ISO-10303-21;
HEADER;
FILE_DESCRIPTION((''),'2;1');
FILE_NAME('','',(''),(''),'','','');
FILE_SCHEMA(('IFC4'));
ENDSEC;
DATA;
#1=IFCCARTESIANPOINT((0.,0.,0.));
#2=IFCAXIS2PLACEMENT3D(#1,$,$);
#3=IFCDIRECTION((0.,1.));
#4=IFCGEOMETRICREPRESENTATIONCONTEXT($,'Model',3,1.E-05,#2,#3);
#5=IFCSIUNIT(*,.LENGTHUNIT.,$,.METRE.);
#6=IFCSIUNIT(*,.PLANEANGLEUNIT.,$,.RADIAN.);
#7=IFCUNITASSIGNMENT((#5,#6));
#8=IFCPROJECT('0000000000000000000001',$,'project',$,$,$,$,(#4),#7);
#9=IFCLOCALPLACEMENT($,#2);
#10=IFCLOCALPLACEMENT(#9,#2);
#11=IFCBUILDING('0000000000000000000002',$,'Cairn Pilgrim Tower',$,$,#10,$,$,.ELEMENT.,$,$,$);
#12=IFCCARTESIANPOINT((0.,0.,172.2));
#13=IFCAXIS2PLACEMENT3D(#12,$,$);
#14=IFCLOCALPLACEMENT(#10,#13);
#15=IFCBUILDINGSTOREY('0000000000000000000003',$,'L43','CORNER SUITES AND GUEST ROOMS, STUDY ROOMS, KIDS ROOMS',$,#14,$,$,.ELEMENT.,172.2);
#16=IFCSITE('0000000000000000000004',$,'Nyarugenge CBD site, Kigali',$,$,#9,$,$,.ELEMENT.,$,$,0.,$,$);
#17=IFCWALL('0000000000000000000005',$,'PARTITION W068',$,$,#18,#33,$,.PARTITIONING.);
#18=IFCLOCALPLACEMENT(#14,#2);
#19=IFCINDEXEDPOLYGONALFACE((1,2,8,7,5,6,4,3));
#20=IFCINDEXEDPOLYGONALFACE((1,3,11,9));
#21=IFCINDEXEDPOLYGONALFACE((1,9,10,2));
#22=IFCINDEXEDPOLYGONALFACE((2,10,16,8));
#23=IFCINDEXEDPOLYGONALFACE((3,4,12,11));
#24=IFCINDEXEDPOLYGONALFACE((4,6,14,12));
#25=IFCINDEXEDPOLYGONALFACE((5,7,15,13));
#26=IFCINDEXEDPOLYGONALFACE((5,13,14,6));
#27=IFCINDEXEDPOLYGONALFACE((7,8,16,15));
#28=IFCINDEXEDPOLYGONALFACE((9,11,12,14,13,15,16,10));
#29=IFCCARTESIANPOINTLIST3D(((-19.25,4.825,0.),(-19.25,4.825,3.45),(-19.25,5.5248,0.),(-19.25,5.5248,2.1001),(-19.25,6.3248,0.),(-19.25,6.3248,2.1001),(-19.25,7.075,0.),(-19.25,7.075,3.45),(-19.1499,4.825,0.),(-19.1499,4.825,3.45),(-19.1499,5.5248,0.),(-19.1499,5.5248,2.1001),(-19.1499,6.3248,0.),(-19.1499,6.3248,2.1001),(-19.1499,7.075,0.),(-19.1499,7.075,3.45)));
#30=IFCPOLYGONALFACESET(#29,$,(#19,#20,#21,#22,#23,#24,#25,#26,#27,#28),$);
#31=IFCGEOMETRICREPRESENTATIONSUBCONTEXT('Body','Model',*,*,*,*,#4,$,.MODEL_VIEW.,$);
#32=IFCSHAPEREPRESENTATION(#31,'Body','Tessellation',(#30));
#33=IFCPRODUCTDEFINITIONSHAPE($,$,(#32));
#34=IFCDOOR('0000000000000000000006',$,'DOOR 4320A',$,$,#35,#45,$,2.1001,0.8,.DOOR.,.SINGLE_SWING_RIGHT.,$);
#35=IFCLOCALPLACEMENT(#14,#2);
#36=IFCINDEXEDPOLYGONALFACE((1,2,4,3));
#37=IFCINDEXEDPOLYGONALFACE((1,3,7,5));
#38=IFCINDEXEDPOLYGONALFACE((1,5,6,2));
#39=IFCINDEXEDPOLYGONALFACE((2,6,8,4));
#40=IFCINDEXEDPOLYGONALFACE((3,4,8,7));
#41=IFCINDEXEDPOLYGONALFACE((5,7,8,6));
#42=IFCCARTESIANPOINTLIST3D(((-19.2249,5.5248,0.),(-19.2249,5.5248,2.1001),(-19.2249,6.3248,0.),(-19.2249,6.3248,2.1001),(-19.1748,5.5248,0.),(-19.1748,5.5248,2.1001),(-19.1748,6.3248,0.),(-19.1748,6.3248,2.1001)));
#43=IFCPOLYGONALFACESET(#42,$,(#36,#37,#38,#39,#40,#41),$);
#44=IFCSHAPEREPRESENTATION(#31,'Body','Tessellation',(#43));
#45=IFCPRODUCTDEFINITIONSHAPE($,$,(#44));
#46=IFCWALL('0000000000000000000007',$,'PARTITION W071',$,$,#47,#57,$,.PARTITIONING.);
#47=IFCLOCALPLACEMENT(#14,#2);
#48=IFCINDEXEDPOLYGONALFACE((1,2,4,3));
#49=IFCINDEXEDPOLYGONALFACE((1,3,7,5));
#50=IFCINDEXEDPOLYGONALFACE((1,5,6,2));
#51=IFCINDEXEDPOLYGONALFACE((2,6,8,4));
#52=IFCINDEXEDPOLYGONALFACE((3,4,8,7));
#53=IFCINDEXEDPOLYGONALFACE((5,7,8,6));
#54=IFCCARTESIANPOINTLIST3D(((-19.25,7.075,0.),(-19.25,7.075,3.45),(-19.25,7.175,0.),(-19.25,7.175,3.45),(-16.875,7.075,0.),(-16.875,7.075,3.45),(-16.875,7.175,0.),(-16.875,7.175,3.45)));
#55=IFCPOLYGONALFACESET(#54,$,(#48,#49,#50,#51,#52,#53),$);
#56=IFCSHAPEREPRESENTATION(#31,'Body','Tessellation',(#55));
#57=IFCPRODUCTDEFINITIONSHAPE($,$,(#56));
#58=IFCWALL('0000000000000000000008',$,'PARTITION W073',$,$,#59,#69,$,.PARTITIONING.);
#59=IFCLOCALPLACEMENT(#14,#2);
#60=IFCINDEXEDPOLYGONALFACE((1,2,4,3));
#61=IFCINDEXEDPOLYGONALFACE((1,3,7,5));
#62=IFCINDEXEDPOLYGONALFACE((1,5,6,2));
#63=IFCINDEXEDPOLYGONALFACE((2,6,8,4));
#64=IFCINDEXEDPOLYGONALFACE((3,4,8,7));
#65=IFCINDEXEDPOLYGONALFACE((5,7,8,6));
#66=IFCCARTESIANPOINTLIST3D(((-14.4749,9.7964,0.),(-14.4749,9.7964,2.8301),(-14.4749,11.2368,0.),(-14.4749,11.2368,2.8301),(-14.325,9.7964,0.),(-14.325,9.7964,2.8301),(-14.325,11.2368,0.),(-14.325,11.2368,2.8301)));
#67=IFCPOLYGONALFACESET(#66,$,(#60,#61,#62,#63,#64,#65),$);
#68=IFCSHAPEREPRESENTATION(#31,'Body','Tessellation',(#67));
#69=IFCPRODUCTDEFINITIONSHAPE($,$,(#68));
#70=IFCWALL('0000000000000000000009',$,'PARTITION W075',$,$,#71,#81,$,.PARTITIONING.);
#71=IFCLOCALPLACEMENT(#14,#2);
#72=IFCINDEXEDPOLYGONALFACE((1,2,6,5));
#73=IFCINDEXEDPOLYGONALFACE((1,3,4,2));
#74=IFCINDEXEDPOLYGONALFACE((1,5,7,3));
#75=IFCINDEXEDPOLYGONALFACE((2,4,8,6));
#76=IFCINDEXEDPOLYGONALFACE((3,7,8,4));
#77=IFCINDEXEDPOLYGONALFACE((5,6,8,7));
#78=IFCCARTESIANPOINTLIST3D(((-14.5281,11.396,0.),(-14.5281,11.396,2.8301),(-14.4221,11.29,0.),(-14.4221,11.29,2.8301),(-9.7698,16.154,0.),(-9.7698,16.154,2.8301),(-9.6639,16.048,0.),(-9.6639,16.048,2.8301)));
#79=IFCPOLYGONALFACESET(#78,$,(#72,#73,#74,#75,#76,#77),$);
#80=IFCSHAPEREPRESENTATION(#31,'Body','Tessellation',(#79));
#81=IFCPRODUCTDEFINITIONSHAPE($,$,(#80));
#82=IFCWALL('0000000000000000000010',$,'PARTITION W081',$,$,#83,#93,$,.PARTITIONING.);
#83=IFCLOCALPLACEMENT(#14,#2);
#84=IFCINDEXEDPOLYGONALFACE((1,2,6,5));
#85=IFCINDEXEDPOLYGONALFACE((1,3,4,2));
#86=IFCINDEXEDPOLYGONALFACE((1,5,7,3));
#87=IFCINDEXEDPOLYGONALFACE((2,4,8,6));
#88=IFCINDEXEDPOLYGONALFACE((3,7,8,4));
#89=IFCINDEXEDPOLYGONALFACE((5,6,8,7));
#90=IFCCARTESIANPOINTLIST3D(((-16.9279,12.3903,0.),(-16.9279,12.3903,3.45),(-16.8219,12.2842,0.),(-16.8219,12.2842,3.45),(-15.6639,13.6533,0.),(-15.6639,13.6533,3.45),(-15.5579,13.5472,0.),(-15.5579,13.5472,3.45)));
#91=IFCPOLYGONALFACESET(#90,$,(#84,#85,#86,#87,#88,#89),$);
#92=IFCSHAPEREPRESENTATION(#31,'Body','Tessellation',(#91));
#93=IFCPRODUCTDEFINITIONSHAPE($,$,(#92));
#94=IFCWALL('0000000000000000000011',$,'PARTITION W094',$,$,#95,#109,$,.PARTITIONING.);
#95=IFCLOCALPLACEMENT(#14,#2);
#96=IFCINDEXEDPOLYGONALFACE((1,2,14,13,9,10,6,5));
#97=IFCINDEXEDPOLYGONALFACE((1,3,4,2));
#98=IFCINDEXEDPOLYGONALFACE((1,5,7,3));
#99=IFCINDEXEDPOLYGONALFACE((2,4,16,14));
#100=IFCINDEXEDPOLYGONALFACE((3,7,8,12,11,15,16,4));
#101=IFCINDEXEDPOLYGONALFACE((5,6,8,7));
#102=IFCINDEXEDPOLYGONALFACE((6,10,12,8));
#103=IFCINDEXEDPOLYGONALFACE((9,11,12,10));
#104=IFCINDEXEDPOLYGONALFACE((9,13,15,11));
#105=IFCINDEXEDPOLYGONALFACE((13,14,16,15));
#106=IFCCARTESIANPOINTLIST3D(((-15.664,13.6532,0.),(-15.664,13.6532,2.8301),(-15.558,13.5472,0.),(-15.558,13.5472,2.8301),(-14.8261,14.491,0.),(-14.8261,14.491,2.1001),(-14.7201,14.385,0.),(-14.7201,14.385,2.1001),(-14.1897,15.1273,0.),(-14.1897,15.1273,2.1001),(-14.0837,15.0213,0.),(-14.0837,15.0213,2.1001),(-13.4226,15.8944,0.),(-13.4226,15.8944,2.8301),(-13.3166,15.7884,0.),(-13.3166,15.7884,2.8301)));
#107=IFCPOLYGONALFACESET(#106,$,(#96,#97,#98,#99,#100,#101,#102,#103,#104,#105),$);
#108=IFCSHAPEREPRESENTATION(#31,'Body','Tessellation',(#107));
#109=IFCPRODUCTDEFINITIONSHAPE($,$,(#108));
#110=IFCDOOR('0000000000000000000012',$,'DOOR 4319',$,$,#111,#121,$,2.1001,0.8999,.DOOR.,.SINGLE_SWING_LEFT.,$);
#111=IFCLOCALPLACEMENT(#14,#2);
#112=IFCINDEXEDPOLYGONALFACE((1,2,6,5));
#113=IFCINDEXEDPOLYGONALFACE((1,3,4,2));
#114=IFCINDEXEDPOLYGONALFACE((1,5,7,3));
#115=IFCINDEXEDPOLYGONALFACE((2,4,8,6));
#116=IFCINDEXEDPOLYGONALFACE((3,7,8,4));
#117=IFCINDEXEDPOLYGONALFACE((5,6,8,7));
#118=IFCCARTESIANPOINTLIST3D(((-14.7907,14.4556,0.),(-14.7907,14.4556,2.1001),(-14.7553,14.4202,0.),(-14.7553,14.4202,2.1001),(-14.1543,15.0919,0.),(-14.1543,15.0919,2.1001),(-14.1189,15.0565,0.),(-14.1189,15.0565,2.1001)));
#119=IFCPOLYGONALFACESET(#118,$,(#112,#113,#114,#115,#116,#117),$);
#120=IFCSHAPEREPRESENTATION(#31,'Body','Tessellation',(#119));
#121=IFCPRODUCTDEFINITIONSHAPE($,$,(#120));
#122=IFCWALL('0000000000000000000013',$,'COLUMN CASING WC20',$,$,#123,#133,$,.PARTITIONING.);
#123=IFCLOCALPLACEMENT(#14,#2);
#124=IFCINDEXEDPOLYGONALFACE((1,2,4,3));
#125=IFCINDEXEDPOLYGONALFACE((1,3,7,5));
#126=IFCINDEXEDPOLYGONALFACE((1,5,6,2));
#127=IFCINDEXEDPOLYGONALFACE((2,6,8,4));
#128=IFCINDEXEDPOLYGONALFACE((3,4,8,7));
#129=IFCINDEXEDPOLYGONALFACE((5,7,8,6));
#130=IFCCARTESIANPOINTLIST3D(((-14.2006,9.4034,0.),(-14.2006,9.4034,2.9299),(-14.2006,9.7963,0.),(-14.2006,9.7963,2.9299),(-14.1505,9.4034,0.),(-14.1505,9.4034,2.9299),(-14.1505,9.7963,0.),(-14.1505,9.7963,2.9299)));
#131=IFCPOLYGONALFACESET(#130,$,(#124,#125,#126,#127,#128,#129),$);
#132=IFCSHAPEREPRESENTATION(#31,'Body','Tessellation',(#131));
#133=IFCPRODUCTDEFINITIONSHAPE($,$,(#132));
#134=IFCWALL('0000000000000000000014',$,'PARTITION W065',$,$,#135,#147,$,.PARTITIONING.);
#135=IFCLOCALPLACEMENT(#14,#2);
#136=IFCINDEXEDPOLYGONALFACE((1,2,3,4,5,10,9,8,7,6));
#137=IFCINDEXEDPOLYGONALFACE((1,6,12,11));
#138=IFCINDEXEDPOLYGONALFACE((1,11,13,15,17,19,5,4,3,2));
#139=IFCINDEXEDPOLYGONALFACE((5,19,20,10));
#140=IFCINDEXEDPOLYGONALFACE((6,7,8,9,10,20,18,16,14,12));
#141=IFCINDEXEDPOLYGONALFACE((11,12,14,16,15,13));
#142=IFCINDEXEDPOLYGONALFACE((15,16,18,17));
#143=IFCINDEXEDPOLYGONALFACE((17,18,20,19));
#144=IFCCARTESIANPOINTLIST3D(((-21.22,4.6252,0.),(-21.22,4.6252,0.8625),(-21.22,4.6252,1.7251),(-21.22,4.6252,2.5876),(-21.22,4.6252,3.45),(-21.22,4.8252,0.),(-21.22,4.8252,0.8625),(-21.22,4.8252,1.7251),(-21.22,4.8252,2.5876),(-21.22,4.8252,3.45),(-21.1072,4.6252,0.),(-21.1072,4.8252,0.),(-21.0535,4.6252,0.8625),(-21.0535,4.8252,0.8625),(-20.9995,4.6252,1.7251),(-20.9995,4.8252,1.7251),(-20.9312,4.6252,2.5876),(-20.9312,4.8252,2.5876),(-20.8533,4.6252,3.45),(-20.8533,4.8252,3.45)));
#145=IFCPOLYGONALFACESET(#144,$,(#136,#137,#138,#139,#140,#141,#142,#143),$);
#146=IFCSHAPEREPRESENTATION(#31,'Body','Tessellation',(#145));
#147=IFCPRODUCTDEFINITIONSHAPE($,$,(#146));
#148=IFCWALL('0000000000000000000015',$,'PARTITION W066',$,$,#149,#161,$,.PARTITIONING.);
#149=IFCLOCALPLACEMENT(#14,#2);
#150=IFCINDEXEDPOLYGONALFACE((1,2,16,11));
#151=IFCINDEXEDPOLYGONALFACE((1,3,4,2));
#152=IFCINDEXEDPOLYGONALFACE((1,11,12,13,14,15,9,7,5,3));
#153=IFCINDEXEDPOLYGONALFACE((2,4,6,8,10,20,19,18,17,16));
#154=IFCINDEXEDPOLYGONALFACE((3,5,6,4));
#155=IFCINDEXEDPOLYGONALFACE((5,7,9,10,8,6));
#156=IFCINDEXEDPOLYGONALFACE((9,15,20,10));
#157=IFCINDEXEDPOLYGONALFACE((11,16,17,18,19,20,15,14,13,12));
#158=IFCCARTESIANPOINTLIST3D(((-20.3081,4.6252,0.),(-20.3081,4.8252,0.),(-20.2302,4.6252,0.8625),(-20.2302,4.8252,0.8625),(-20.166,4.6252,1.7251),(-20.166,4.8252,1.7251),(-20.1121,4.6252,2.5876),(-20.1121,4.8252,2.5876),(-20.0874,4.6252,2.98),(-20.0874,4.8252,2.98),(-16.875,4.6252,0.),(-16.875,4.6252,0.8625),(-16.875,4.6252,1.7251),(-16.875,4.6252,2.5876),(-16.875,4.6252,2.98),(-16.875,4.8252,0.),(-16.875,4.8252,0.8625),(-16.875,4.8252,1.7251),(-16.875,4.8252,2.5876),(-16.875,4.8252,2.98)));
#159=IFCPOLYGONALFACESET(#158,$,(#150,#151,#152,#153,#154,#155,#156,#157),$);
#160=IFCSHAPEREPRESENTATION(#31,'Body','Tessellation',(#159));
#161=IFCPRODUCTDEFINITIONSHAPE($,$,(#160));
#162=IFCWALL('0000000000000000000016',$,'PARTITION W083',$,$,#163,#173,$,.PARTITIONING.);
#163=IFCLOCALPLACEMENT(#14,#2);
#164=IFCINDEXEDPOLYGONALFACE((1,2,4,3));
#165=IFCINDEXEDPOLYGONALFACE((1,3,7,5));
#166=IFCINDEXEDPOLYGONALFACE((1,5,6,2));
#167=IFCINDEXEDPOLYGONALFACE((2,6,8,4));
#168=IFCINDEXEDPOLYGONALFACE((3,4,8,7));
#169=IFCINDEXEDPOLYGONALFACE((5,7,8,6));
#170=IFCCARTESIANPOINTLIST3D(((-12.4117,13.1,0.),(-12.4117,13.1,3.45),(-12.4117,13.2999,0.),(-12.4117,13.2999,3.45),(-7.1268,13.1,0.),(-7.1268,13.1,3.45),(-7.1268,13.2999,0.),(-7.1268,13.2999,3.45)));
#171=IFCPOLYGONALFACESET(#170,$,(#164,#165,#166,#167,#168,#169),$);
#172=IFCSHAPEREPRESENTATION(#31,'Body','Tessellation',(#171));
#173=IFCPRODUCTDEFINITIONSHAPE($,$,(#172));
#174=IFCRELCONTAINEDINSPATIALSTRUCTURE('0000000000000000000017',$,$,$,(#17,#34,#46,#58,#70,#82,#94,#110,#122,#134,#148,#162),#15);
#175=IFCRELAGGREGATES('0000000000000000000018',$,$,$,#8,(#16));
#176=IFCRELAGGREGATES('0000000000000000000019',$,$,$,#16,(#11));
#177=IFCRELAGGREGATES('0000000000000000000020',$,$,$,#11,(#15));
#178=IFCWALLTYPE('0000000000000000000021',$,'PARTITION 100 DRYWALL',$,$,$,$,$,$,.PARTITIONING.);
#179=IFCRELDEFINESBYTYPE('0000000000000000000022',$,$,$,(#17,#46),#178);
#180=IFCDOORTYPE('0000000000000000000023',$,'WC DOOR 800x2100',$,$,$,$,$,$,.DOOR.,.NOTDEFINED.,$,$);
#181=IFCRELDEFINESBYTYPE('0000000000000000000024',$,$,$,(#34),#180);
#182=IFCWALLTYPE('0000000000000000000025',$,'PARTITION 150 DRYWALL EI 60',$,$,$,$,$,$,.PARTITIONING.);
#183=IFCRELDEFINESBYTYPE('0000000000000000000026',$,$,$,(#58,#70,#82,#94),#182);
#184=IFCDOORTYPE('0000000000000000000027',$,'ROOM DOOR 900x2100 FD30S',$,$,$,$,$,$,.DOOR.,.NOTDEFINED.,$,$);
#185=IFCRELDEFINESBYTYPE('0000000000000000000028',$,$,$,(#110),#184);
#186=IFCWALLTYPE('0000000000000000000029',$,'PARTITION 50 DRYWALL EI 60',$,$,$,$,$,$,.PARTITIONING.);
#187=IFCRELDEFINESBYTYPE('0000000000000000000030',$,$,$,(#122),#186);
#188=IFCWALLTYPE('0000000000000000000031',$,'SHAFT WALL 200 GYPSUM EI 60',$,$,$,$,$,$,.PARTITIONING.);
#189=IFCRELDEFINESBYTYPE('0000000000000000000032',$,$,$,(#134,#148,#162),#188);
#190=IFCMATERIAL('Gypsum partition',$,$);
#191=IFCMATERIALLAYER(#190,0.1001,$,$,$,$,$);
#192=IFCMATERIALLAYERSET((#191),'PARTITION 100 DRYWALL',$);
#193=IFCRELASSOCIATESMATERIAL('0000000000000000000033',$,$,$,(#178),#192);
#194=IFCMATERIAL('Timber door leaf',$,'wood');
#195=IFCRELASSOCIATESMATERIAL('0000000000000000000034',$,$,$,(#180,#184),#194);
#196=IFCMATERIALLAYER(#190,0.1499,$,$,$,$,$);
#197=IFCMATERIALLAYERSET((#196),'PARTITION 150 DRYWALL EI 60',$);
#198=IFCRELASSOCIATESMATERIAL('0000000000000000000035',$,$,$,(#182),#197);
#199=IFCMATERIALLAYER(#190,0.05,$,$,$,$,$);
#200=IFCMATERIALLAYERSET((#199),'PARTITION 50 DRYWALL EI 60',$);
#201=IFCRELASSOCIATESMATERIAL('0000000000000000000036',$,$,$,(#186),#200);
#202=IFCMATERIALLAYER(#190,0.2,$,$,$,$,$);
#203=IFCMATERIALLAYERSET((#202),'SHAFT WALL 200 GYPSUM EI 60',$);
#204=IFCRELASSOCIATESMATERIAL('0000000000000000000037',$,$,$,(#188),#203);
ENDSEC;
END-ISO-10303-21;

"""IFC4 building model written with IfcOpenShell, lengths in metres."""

from ifc_helpers import new_model, si_unit, direction, frame, frame_2d, origin, place, context, subcontext, project, spatial, polyline, rectangle, outline, extrude, material, layer, layer_set, type_object, element, fill, save


model = new_model("IFC4")

# Units and contexts
model_context = context("Model", 3, precision=1e-05, world=origin(), true_north=direction((0.0, 1.0)))
body_context = subcontext(model_context, "Body", "Model", "MODEL_VIEW")
ifc_project = project(units=[si_unit("LENGTHUNIT", "METRE"), si_unit("PLANEANGLEUNIT", "RADIAN")], contexts=[model_context])

# Site, building, storey
site_placement = place(None, origin())
site = spatial("IfcSite", under=ifc_project, at=site_placement, Name="Nyarugenge CBD site, Kigali", CompositionType="ELEMENT", RefElevation=0.0)
building_placement = place(site_placement, origin())
building = spatial("IfcBuilding", under=site, at=building_placement, Name="Cairn Pilgrim Tower", CompositionType="ELEMENT")
storey_placement = place(building_placement, frame((0.0, 0.0, 172.2)))
storey = spatial("IfcBuildingStorey", under=building, at=storey_placement, Name="L43", Description="CORNER SUITES AND GUEST ROOMS, STUDY ROOMS, KIDS ROOMS", CompositionType="ELEMENT", Elevation=172.2)

# Wall, opening, door
ifc_material_1 = material(Name="Gypsum partition")
ifc_layer_1 = layer(ifc_material_1, 0.1001)
ifc_layer_set_1 = layer_set([ifc_layer_1], Name="PARTITION 100 DRYWALL")
wall_type_1 = type_object("IfcWallType", Name="PARTITION 100 DRYWALL", PredefinedType="PARTITIONING", material=ifc_layer_set_1)
wall_1_placement = place(storey_placement, frame((-19.2, 4.825, 0.0), z_axis=(0.0, 0.0, 1.0), x_axis=(0.0, 1.0, 0.0)))
wall_1 = element("IfcWall", 1, at=wall_1_placement, inside=storey, type_object=wall_type_1, Name="PARTITION W068", PredefinedType="PARTITIONING", context=body_context, shape_type="SweptSolid", body=[
    extrude(rectangle(XDim=2.25, YDim=0.1001, at=frame_2d((1.125, 0.0))), origin(), (0.0, 0.0, 1.0), 3.45),
])
opening_1_placement = place(wall_1_placement, frame((0.7, 0.0, 0.0)))
opening_1 = element("IfcOpeningElement", 2, at=opening_1_placement, cuts=wall_1, PredefinedType="OPENING", context=body_context, shape_type="SweptSolid", body=[
    extrude(rectangle(XDim=0.8, YDim=2.1001, at=frame_2d((0.3999, 1.05))), frame((0.0, 0.0601, 0.0), z_axis=(0.0, -1.0, 0.0), x_axis=(1.0, 0.0, 0.0)), (0.0, 0.0, 1.0), 0.1201),
])
ifc_material_2 = material(Name="Timber door leaf", Category="wood")
door_type_1 = type_object("IfcDoorType", Name="WC DOOR 800x2100", OperationType="NOTDEFINED", PredefinedType="DOOR", material=ifc_material_2)
door_1_placement = place(opening_1_placement, origin())
door_1 = element("IfcDoor", 3, at=door_1_placement, inside=storey, type_object=door_type_1, Name="DOOR 4320A", OperationType="SINGLE_SWING_RIGHT", OverallHeight=2.1001, OverallWidth=0.8, PredefinedType="DOOR", context=body_context, shape_type="SweptSolid", body=[
    extrude(rectangle(XDim=0.8, YDim=2.1001, at=frame_2d((0.3999, 1.05))), frame((0.0, 0.0249, 0.0), z_axis=(0.0, -1.0, 0.0), x_axis=(1.0, 0.0, 0.0)), (0.0, 0.0, 1.0), 0.05),
])
fill(opening_1, door_1)

# Walls
wall_2_placement = place(storey_placement, frame((-19.25, 7.125, 0.0), z_axis=(0.0, 0.0, 1.0), x_axis=(1.0, 0.0, 0.0)))
element("IfcWall", 4, at=wall_2_placement, inside=storey, type_object=wall_type_1, Name="PARTITION W071", PredefinedType="PARTITIONING", context=body_context, shape_type="SweptSolid", body=[
    extrude(rectangle(XDim=2.375, YDim=0.1001, at=frame_2d((1.1875, 0.0))), origin(), (0.0, 0.0, 1.0), 3.45),
])
ifc_layer_2 = layer(ifc_material_1, 0.1499)
ifc_layer_set_2 = layer_set([ifc_layer_2], Name="PARTITION 150 DRYWALL EI 60")
wall_type_2 = type_object("IfcWallType", Name="PARTITION 150 DRYWALL EI 60", PredefinedType="PARTITIONING", material=ifc_layer_set_2)
wall_3_placement = place(storey_placement, frame((-14.3999, 9.7964, 0.0), z_axis=(0.0, 0.0, 1.0), x_axis=(0.0, 1.0, 0.0)))
element("IfcWall", 5, at=wall_3_placement, inside=storey, type_object=wall_type_2, Name="PARTITION W073", PredefinedType="PARTITIONING", context=body_context, shape_type="SweptSolid", body=[
    extrude(rectangle(XDim=1.4404, YDim=0.1499, at=frame_2d((0.7202, 0.0))), origin(), (0.0, 0.0, 1.0), 2.8301),
])
wall_4_placement = place(storey_placement, frame((-14.4751, 11.343, 0.0), z_axis=(0.0, 0.0, 1.0), x_axis=(0.707125, 0.707089, 0.0)))
element("IfcWall", 6, at=wall_4_placement, inside=storey, type_object=wall_type_2, Name="PARTITION W075", PredefinedType="PARTITIONING", context=body_context, shape_type="SweptSolid", body=[
    extrude(rectangle(XDim=6.729, YDim=0.1499, at=frame_2d((3.3645, 0.0))), origin(), (0.0, 0.0, 1.0), 2.8301),
])
wall_5_placement = place(storey_placement, frame((-16.875, 12.3372, 0.0), z_axis=(0.0, 0.0, 1.0), x_axis=(0.70738, 0.706833, 0.0)))
element("IfcWall", 7, at=wall_5_placement, inside=storey, type_object=wall_type_2, Name="PARTITION W081", PredefinedType="PARTITIONING", context=body_context, shape_type="SweptSolid", body=[
    extrude(rectangle(XDim=1.7869, YDim=0.1499, at=frame_2d((0.8936, 0.0))), origin(), (0.0, 0.0, 1.0), 3.45),
])

# Wall, opening, door
wall_6_placement = place(storey_placement, frame((-15.6111, 13.6001, 0.0), z_axis=(0.0, 0.0, 1.0), x_axis=(0.707145, 0.707068, 0.0)))
wall_6 = element("IfcWall", 8, at=wall_6_placement, inside=storey, type_object=wall_type_2, Name="PARTITION W094", PredefinedType="PARTITIONING", context=body_context, shape_type="SweptSolid", body=[
    extrude(rectangle(XDim=3.1697, YDim=0.1499, at=frame_2d((1.585, 0.0))), origin(), (0.0, 0.0, 1.0), 2.8301),
])
opening_2_placement = place(wall_6_placement, frame((1.1851, 0.0, 0.0)))
opening_2 = element("IfcOpeningElement", 9, at=opening_2_placement, cuts=wall_6, PredefinedType="OPENING", context=body_context, shape_type="SweptSolid", body=[
    extrude(rectangle(XDim=0.8999, YDim=2.1001, at=frame_2d((0.45, 1.05))), frame((0.0, 0.085, 0.0), z_axis=(0.0, -1.0, 0.0), x_axis=(1.0, 0.0, 0.0)), (0.0, 0.0, 1.0), 0.1699),
])
door_type_2 = type_object("IfcDoorType", Name="ROOM DOOR 900x2100 FD30S", OperationType="NOTDEFINED", PredefinedType="DOOR", material=ifc_material_2)
door_2_placement = place(opening_2_placement, origin())
door_2 = element("IfcDoor", 10, at=door_2_placement, inside=storey, type_object=door_type_2, Name="DOOR 4319", OperationType="SINGLE_SWING_LEFT", OverallHeight=2.1001, OverallWidth=0.8999, PredefinedType="DOOR", context=body_context, shape_type="SweptSolid", body=[
    extrude(rectangle(XDim=0.8999, YDim=2.1001, at=frame_2d((0.45, 1.05))), frame((0.0, 0.0249, 0.0), z_axis=(0.0, -1.0, 0.0), x_axis=(1.0, 0.0, 0.0)), (0.0, 0.0, 1.0), 0.05),
])
fill(opening_2, door_2)

# Walls
ifc_layer_3 = layer(ifc_material_1, 0.05)
ifc_layer_set_3 = layer_set([ifc_layer_3], Name="PARTITION 50 DRYWALL EI 60")
wall_type_3 = type_object("IfcWallType", Name="PARTITION 50 DRYWALL EI 60", PredefinedType="PARTITIONING", material=ifc_layer_set_3)
wall_7_placement = place(storey_placement, frame((-14.1755, 9.4036, 0.0), z_axis=(0.0, 0.0, 1.0), x_axis=(0.0, 1.0, 0.0)))
element("IfcWall", 11, at=wall_7_placement, inside=storey, type_object=wall_type_3, Name="COLUMN CASING WC20", PredefinedType="PARTITIONING", context=body_context, shape_type="SweptSolid", body=[
    extrude(rectangle(XDim=0.3928, YDim=0.05, at=frame_2d((0.1963, 0.0))), origin(), (0.0, 0.0, 1.0), 2.9299),
])
ifc_layer_4 = layer(ifc_material_1, 0.2)
ifc_layer_set_4 = layer_set([ifc_layer_4], Name="SHAFT WALL 200 GYPSUM EI 60")
wall_type_4 = type_object("IfcWallType", Name="SHAFT WALL 200 GYPSUM EI 60", PredefinedType="PARTITIONING", material=ifc_layer_set_4)
wall_8_placement = place(storey_placement, frame((-21.22, 4.7251, 0.0), z_axis=(0.0, 0.0, 1.0), x_axis=(1.0, 0.0, 0.0)))
element("IfcWall", 12, at=wall_8_placement, inside=storey, type_object=wall_type_4, Name="PARTITION W065", PredefinedType="PARTITIONING", context=body_context, shape_type="SweptSolid", body=[
    extrude(outline(polyline([(0.0, 0.0), (0.1128, 0.0), (0.1665, 0.8625), (0.2205, 1.7251), (0.2888, 2.5876), (0.3667, 3.45), (0.0, 3.45), (0.0, 2.5876), (0.0, 1.7251), (0.0, 0.8625), (0.0, 0.0)])), frame((0.0, 0.1001, 0.0), z_axis=(0.0, -1.0, 0.0), x_axis=(1.0, 0.0, 0.0)), (0.0, 0.0, 1.0), 0.2),
])
wall_9_placement = place(storey_placement, frame((-20.3081, 4.7251, 0.0), z_axis=(0.0, 0.0, 1.0), x_axis=(1.0, 0.0, 0.0)))
element("IfcWall", 13, at=wall_9_placement, inside=storey, type_object=wall_type_4, Name="PARTITION W066", PredefinedType="PARTITIONING", context=body_context, shape_type="SweptSolid", body=[
    extrude(outline(polyline([(0.0, 0.0), (3.4331, 0.0), (3.4331, 0.8625), (3.4331, 1.7251), (3.4331, 2.5876), (3.4331, 2.98), (0.2207, 2.98), (0.196, 2.5876), (0.1421, 1.7251), (0.0779, 0.8625), (0.0, 0.0)])), frame((0.0, 0.1001, 0.0), z_axis=(0.0, -1.0, 0.0), x_axis=(1.0, 0.0, 0.0)), (0.0, 0.0, 1.0), 0.2),
])
wall_10_placement = place(storey_placement, frame((-12.4119, 13.2, 0.0), z_axis=(0.0, 0.0, 1.0), x_axis=(1.0, 0.0, 0.0)))
element("IfcWall", 14, at=wall_10_placement, inside=storey, type_object=wall_type_4, Name="PARTITION W083", PredefinedType="PARTITIONING", context=body_context, shape_type="SweptSolid", body=[
    extrude(rectangle(XDim=5.2849, YDim=0.2, at=frame_2d((2.6426, 0.0))), origin(), (0.0, 0.0, 1.0), 3.45),
])

save(model, "model.ifc")
